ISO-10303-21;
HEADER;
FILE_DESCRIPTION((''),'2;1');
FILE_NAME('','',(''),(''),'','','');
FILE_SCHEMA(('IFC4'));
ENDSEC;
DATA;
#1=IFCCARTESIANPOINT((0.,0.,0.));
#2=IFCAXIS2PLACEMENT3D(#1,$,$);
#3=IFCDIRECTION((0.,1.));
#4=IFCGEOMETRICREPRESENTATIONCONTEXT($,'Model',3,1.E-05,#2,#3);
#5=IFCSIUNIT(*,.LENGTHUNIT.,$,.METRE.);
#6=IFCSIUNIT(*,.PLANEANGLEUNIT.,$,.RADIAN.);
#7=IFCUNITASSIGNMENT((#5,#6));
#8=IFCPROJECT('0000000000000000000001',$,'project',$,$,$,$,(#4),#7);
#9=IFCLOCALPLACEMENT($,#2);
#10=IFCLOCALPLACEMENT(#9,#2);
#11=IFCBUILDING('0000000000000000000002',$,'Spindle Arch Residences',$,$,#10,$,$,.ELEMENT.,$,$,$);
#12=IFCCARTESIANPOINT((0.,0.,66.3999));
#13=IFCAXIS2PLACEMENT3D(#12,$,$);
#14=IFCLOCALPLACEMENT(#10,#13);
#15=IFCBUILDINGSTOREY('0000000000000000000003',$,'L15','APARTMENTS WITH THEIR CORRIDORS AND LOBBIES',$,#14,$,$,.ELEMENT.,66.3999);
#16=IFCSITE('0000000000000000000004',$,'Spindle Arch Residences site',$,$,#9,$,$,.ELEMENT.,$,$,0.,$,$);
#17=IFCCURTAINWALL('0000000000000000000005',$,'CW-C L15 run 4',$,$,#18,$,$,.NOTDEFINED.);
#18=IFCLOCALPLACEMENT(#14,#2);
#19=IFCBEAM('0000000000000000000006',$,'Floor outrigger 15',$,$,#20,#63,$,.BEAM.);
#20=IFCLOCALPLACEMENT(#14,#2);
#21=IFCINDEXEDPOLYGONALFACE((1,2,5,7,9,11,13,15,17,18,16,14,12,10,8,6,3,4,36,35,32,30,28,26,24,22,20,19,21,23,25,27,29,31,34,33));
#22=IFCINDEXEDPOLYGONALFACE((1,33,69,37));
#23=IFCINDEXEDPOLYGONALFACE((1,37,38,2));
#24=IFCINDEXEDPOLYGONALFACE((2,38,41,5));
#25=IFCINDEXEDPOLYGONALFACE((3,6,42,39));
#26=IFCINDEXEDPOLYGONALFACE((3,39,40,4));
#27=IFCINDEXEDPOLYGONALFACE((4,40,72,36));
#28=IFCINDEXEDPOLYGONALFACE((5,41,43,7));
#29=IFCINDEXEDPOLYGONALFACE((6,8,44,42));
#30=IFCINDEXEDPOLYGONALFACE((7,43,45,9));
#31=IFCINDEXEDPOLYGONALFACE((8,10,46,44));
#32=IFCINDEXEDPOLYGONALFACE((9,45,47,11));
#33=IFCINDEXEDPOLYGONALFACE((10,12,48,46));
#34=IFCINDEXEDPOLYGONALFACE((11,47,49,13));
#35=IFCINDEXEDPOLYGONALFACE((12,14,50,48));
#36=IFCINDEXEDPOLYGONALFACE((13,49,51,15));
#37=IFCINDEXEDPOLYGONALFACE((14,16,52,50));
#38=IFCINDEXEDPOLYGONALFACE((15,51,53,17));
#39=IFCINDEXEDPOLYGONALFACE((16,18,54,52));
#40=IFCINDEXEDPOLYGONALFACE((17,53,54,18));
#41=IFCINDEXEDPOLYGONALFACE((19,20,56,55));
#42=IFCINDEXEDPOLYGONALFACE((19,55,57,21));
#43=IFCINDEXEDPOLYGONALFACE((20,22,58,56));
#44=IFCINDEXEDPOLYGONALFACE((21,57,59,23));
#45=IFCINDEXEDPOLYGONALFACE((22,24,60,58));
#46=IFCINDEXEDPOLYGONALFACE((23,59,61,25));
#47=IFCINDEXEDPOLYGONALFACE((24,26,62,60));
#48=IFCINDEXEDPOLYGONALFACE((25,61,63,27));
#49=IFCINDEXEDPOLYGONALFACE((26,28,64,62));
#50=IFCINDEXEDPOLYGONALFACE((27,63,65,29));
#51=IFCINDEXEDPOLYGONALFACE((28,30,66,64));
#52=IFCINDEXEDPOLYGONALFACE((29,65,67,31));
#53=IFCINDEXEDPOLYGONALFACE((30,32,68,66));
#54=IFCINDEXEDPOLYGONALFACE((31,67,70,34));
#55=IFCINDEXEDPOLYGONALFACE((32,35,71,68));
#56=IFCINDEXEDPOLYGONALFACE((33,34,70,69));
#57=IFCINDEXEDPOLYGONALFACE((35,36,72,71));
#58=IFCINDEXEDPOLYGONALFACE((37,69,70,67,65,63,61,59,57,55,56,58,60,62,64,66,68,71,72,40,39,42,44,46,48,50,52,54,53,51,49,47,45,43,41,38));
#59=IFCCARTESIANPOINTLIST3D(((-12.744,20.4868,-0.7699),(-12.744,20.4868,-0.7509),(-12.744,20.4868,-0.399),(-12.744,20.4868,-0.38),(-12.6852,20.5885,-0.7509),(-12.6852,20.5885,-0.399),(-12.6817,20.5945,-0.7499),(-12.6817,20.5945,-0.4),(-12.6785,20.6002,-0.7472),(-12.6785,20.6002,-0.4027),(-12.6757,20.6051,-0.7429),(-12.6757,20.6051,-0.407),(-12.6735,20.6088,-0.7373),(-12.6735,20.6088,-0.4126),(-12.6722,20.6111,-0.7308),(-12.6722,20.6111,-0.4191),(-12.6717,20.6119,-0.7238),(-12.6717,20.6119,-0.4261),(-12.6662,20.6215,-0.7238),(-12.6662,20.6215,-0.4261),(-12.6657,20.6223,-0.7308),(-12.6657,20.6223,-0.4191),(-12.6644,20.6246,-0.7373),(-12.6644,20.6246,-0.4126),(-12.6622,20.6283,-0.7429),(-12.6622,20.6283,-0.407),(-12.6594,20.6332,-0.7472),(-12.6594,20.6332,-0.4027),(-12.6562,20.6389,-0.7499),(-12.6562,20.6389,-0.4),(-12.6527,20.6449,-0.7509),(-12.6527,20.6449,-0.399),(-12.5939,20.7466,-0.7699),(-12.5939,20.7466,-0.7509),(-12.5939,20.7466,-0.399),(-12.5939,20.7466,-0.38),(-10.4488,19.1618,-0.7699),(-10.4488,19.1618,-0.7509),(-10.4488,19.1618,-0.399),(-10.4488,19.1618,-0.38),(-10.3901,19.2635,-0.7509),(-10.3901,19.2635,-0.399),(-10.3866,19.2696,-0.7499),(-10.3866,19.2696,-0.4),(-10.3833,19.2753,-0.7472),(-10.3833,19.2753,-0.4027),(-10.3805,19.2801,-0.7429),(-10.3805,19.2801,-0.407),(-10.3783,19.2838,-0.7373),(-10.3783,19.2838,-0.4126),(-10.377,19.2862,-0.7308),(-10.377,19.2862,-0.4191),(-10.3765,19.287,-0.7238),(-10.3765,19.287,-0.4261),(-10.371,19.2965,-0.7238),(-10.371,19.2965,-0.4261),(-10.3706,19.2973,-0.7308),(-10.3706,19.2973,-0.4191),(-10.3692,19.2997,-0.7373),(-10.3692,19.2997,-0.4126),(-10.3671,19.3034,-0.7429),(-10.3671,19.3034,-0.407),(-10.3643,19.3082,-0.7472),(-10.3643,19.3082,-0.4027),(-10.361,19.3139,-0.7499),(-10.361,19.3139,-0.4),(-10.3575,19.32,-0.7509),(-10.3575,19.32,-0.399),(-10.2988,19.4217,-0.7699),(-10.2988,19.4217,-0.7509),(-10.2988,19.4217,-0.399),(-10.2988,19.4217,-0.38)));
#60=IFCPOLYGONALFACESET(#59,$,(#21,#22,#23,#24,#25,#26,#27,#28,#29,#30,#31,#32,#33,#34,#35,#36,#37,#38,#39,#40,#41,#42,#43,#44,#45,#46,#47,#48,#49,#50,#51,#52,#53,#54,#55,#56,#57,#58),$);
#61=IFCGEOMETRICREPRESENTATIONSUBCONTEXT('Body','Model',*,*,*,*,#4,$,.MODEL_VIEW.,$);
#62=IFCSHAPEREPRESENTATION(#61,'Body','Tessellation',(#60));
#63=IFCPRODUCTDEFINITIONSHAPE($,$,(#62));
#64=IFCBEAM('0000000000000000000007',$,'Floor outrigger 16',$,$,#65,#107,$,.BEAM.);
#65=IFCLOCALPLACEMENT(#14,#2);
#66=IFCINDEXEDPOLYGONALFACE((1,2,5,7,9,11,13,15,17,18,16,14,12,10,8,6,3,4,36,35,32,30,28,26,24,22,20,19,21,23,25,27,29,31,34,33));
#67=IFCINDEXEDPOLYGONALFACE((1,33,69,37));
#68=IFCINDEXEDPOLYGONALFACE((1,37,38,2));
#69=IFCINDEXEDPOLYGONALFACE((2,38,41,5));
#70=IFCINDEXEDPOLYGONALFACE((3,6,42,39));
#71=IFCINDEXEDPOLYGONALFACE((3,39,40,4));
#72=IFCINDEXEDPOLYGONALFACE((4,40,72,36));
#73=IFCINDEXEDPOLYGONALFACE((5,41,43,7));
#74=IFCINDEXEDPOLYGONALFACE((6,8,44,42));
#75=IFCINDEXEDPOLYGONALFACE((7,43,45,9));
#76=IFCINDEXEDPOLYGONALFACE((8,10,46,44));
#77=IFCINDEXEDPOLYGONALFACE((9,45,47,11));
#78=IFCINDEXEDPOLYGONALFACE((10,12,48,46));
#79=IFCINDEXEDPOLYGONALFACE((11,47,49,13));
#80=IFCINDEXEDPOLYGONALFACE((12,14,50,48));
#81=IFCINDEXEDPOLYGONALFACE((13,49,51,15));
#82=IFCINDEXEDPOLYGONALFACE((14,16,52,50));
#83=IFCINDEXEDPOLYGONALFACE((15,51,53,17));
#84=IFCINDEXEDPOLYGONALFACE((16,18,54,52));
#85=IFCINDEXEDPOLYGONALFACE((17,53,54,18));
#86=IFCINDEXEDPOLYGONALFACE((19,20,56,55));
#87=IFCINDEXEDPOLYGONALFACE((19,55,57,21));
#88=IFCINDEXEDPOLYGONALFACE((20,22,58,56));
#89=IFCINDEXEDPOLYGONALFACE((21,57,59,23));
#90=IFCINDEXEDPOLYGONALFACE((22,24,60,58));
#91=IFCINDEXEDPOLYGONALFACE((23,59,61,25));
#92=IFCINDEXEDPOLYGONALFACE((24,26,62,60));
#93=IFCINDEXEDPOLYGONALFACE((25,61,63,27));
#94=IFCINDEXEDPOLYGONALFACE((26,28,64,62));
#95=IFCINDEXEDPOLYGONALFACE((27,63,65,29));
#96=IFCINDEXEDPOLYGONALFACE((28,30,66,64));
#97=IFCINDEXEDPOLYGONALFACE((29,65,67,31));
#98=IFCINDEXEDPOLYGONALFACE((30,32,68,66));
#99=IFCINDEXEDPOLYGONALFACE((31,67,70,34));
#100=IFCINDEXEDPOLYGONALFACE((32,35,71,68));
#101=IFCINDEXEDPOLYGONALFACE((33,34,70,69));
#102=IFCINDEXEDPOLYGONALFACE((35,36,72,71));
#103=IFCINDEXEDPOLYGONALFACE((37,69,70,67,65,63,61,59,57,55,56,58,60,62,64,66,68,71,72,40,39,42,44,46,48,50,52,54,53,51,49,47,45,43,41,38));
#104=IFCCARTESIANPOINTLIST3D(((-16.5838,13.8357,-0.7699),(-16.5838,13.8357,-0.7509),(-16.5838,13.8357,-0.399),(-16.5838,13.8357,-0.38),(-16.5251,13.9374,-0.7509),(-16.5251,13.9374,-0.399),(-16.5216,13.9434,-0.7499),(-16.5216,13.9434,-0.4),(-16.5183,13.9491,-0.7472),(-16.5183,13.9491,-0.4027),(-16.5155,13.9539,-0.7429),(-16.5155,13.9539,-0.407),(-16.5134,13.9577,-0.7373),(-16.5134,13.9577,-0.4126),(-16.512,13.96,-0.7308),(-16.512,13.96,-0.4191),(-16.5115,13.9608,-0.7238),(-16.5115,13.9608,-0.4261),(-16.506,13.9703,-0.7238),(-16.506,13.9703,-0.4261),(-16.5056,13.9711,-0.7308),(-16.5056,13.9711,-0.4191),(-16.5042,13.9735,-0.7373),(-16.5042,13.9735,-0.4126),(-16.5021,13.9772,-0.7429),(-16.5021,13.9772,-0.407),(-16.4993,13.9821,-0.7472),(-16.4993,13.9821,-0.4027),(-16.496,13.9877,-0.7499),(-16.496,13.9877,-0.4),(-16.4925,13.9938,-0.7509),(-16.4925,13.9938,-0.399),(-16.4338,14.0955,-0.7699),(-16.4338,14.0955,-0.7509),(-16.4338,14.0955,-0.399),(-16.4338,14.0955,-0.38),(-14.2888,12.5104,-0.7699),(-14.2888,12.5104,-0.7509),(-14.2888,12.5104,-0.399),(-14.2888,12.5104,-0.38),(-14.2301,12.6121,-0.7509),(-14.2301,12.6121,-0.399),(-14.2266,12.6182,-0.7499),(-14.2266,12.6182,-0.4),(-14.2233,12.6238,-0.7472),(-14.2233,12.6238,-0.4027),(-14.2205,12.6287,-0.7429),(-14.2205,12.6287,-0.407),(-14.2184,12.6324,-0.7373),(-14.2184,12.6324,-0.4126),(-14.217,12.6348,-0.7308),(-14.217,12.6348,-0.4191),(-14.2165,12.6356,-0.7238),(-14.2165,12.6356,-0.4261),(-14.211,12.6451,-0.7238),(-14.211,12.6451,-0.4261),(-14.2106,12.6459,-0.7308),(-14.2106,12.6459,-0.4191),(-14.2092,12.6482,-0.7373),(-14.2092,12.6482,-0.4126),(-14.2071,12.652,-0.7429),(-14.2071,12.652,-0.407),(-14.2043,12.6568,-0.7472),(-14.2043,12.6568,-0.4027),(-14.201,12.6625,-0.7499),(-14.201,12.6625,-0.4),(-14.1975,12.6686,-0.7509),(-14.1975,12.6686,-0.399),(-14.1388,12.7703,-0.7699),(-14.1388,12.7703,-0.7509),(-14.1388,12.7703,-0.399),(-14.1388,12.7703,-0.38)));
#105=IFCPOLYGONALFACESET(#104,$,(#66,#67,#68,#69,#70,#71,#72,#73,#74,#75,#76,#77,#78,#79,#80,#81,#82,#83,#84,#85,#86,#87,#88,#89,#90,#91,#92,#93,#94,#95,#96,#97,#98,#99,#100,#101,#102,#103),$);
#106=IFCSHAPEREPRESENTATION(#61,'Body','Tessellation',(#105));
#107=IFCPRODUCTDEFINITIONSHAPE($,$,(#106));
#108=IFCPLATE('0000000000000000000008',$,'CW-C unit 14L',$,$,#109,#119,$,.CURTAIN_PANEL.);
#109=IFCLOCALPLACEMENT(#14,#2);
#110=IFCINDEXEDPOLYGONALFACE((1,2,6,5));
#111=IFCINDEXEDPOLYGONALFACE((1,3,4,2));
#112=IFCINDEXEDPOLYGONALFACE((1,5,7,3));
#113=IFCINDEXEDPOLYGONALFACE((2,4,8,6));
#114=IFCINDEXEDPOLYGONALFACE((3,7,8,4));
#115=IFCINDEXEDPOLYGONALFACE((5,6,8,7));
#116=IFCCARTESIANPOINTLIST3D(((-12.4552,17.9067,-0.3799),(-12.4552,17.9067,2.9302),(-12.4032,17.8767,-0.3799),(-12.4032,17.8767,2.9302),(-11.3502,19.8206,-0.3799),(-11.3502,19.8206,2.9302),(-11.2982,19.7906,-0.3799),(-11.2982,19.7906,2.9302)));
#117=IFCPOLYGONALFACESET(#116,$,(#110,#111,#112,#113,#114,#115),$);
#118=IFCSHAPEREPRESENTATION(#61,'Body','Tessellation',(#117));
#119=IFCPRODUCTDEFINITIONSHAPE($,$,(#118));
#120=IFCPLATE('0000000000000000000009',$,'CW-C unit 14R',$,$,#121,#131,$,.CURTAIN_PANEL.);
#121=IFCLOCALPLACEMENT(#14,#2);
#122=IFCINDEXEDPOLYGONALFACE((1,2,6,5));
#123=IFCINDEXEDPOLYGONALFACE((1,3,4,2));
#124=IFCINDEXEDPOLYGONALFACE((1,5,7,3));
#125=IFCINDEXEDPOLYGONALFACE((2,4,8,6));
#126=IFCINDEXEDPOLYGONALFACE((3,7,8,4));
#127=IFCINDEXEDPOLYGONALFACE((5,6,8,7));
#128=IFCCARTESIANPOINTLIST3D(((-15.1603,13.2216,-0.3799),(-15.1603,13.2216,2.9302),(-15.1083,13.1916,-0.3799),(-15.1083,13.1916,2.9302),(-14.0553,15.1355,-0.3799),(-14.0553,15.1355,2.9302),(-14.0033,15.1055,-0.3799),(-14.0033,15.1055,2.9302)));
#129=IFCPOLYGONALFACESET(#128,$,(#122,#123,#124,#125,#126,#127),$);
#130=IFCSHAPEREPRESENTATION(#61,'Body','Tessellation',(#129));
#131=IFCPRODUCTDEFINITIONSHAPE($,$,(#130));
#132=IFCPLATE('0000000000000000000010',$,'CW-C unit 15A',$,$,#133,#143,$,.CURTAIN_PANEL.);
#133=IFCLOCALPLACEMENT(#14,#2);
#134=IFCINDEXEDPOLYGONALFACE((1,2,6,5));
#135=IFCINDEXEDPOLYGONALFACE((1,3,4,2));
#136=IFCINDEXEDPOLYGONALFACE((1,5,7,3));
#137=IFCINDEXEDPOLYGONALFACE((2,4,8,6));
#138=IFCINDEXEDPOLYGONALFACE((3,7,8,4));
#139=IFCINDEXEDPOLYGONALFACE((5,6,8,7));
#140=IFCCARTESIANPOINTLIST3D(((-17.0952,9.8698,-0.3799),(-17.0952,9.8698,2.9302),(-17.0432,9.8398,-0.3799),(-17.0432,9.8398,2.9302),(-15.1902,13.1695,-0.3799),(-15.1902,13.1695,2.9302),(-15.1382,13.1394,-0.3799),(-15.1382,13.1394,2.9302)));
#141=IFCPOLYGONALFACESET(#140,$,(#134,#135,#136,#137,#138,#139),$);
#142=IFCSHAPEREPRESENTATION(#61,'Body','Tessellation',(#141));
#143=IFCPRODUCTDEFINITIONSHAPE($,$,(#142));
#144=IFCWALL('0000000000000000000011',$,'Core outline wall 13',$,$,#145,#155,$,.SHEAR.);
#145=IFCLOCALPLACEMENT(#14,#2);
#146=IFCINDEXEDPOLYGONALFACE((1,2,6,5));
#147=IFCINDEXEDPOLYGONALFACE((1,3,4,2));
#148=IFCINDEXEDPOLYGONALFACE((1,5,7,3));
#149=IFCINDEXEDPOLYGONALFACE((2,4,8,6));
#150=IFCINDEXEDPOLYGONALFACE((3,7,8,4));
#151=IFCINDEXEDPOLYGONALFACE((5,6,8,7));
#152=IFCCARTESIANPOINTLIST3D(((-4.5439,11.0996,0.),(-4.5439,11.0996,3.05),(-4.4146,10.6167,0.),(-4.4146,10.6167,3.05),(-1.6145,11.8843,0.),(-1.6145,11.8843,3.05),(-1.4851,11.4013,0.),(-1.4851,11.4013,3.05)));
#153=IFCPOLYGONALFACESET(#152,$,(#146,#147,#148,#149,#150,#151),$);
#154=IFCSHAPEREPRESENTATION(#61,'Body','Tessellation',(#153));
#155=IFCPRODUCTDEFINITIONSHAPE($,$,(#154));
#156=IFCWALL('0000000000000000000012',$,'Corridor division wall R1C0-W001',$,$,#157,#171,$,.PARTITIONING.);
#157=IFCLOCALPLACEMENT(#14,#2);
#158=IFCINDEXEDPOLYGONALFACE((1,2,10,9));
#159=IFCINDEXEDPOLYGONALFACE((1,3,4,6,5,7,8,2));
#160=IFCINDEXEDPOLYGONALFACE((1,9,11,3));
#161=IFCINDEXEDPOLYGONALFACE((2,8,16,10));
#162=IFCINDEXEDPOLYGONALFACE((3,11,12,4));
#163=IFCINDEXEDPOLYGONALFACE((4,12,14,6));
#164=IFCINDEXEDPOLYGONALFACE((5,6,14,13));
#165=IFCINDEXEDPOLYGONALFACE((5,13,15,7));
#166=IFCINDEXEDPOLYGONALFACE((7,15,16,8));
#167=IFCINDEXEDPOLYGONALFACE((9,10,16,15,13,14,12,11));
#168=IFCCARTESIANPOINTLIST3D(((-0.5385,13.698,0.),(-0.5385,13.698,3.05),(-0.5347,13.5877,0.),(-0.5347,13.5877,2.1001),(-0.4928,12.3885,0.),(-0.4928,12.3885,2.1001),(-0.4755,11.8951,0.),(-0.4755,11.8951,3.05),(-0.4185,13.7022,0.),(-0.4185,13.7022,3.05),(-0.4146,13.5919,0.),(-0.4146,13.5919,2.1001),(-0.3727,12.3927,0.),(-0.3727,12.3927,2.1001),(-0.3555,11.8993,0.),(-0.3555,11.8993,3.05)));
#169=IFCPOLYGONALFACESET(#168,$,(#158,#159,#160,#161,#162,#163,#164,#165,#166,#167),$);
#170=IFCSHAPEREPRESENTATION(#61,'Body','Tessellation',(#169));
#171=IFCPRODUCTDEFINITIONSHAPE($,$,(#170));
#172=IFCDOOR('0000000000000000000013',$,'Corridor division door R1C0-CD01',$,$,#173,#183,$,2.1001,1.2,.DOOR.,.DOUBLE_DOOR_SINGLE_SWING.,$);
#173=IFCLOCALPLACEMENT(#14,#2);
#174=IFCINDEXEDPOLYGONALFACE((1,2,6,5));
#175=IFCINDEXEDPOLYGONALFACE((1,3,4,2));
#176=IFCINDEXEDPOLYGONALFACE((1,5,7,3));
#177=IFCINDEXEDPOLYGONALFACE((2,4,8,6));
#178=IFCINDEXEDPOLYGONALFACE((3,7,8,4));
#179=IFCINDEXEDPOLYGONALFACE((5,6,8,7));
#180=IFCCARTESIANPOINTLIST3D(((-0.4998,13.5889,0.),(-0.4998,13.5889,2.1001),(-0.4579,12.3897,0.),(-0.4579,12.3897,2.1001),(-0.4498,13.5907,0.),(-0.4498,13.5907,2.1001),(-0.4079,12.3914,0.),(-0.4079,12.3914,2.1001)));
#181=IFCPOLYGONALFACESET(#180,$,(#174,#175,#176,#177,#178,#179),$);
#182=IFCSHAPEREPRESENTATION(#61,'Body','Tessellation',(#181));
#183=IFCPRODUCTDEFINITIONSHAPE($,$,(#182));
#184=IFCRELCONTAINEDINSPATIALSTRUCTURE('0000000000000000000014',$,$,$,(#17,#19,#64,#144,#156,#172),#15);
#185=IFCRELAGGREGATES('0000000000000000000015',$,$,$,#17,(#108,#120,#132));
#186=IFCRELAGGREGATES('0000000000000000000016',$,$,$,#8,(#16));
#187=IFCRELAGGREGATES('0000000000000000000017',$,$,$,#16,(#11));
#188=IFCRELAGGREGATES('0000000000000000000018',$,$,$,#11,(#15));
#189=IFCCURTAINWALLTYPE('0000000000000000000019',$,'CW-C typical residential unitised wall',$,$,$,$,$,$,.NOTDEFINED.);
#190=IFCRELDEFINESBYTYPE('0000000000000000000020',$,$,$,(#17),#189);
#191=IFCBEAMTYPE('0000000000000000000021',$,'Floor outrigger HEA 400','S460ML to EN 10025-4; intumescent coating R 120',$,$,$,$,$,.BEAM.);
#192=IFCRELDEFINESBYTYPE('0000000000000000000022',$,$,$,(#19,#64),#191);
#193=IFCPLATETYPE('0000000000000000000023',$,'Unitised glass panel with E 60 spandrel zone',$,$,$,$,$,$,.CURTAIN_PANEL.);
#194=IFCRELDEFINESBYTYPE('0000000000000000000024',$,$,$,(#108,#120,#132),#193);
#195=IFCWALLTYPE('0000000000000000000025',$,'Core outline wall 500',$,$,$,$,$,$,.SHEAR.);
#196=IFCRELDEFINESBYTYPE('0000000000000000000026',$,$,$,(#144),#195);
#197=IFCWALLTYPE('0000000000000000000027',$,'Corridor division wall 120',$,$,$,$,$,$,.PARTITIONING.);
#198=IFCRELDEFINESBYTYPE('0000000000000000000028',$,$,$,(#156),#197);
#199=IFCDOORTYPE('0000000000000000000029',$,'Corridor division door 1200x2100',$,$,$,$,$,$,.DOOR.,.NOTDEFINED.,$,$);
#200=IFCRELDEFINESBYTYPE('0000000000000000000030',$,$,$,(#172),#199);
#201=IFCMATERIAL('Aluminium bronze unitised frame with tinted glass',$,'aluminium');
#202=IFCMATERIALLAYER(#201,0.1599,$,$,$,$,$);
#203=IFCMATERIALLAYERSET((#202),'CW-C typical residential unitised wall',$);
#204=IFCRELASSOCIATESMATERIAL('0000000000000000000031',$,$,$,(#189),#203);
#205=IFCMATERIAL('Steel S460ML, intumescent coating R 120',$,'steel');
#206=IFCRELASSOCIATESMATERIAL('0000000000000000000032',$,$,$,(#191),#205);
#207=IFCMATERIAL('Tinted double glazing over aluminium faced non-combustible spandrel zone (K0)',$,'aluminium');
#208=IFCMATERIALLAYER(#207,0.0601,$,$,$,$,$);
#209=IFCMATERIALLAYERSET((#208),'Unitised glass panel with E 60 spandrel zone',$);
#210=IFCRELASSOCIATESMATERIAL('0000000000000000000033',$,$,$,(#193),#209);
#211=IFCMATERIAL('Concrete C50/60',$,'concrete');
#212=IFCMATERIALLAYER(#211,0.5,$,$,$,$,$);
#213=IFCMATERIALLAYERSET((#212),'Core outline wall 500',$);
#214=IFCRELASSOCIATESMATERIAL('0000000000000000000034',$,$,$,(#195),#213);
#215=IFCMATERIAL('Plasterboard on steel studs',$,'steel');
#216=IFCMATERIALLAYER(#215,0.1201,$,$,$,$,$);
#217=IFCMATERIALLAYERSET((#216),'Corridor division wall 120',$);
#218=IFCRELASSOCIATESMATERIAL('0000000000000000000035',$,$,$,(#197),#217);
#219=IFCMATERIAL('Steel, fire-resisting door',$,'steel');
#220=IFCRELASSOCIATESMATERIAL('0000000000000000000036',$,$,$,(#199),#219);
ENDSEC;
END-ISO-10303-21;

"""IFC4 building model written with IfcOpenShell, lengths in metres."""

from ifc_helpers import new_model, si_unit, direction, frame, frame_2d, origin, origin_2d, place, context, subcontext, project, spatial, rectangle, i_section, extrude, material, layer, layer_set, material_profile, profile_set, type_object, element, fill, aggregate, save


model = new_model("IFC4")

# Units and contexts
model_context = context("Model", 3, precision=1e-05, world=origin(), true_north=direction((0.0, 1.0)))
body_context = subcontext(model_context, "Body", "Model", "MODEL_VIEW")
ifc_project = project(units=[si_unit("LENGTHUNIT", "METRE"), si_unit("PLANEANGLEUNIT", "RADIAN")], contexts=[model_context])

# Site, building, storey
site_placement = place(None, origin())
site = spatial("IfcSite", under=ifc_project, at=site_placement, Name="Spindle Arch Residences site", CompositionType="ELEMENT", RefElevation=0.0)
building_placement = place(site_placement, origin())
building = spatial("IfcBuilding", under=site, at=building_placement, Name="Spindle Arch Residences", CompositionType="ELEMENT")
storey_placement = place(building_placement, frame((0.0, 0.0, 66.3999)))
storey = spatial("IfcBuildingStorey", under=building, at=storey_placement, Name="L15", Description="APARTMENTS WITH THEIR CORRIDORS AND LOBBIES", CompositionType="ELEMENT", Elevation=66.3999)

# Curtain wall
ifc_material_1 = material(Name="Aluminium bronze unitised frame with tinted glass", Category="aluminium")
ifc_layer_1 = layer(ifc_material_1, 0.1599)
ifc_layer_set_1 = layer_set([ifc_layer_1], Name="CW-C typical residential unitised wall")
curtain_wall_type = type_object("IfcCurtainWallType", Name="CW-C typical residential unitised wall", PredefinedType="NOTDEFINED", material=ifc_layer_set_1)
curtain_wall_placement = place(storey_placement, origin())
curtain_wall = element("IfcCurtainWall", 1, at=curtain_wall_placement, inside=storey, type_object=curtain_wall_type, Name="CW-C L15 run 4", PredefinedType="NOTDEFINED")

# Beams
ifc_material_2 = material(Name="Steel S460ML, intumescent coating R 120", Category="steel")
ifc_material_profile_1 = material_profile(ifc_material_2, i_section(OverallWidth=0.3, OverallDepth=0.3899, WebThickness=0.011, FlangeThickness=0.019, FilletRadius=0.0271, at=origin_2d()), Name="HEA 400")
ifc_profile_set_1 = profile_set([ifc_material_profile_1], Name="Steel S460ML, intumescent coating R 120")
beam_type_1 = type_object("IfcBeamType", Name="Floor outrigger HEA 400", Description="S460ML to EN 10025-4; intumescent coating R 120", PredefinedType="BEAM", material=ifc_profile_set_1)
for number, where, z_axis, x_axis, name in (
    (2, (-12.6689, 20.6167, -0.575), (0.866052, -0.499954, 0.0), (0.499954, 0.866052, 0.0), "Floor outrigger 15"),
    (3, (-16.5088, 13.9656, -0.575), (0.865989, -0.500063, 0.0), (0.500063, 0.865989, 0.0), "Floor outrigger 16"),
):
    element("IfcBeam", number, at=place(storey_placement, frame(where, z_axis=z_axis, x_axis=x_axis)), inside=storey, type_object=beam_type_1, Name=name, PredefinedType="BEAM", context=body_context, shape_type="SweptSolid", body=[
        extrude(i_section(OverallWidth=0.3, OverallDepth=0.3899, WebThickness=0.011, FlangeThickness=0.019, FilletRadius=0.0271, at=origin_2d()), origin(), (0.0, 0.0, 1.0), 2.6501),
    ])

# Plates
ifc_material_3 = material(Name="Tinted double glazing over aluminium faced non-combustible spandrel zone (K0)", Category="aluminium")
ifc_layer_2 = layer(ifc_material_3, 0.0601)
ifc_layer_set_2 = layer_set([ifc_layer_2], Name="Unitised glass panel with E 60 spandrel zone")
plate_type = type_object("IfcPlateType", Name="Unitised glass panel with E 60 spandrel zone", PredefinedType="CURTAIN_PANEL", material=ifc_layer_set_2)
plate_1_placement = place(storey_placement, frame((-11.8767, 18.8486, -0.3799), z_axis=(0.0, 0.0, 1.0), x_axis=(-0.5, -0.866025, 0.0)))
plate_1 = element("IfcPlate", 4, at=plate_1_placement, type_object=plate_type, Name="CW-C unit 14L", PredefinedType="CURTAIN_PANEL", context=body_context, shape_type="SweptSolid", body=[
    extrude(rectangle(XDim=2.21, YDim=0.0601, at=origin_2d()), origin(), (0.0, 0.0, 1.0), 3.3101),
])
plate_2_placement = place(storey_placement, frame((-14.5818, 14.1636, -0.3799), z_axis=(0.0, 0.0, 1.0), x_axis=(-0.5, -0.866025, 0.0)))
plate_2 = element("IfcPlate", 5, at=plate_2_placement, type_object=plate_type, Name="CW-C unit 14R", PredefinedType="CURTAIN_PANEL", context=body_context, shape_type="SweptSolid", body=[
    extrude(rectangle(XDim=2.21, YDim=0.0601, at=origin_2d()), origin(), (0.0, 0.0, 1.0), 3.3101),
])
plate_3_placement = place(storey_placement, frame((-16.1167, 11.5046, -0.3799), z_axis=(0.0, 0.0, 1.0), x_axis=(-0.5, -0.866025, 0.0)))
plate_3 = element("IfcPlate", 6, at=plate_3_placement, type_object=plate_type, Name="CW-C unit 15A", PredefinedType="CURTAIN_PANEL", context=body_context, shape_type="SweptSolid", body=[
    extrude(rectangle(XDim=3.8101, YDim=0.0601, at=origin_2d()), origin(), (0.0, 0.0, 1.0), 3.3101),
])
aggregate(curtain_wall, [plate_1, plate_2, plate_3])

# Wall
ifc_material_4 = material(Name="Concrete C50/60", Category="concrete")
ifc_layer_3 = layer(ifc_material_4, 0.5)
ifc_layer_set_3 = layer_set([ifc_layer_3], Name="Core outline wall 500")
wall_type_1 = type_object("IfcWallType", Name="Core outline wall 500", PredefinedType="SHEAR", material=ifc_layer_set_3)
wall_1_placement = place(storey_placement, frame((-1.5498, 11.6428, 0.0), z_axis=(0.0, 0.0, 1.0), x_axis=(-0.965948, -0.258735, 0.0)))
element("IfcWall", 7, at=wall_1_placement, inside=storey, type_object=wall_type_1, Name="Core outline wall 13", PredefinedType="SHEAR", context=body_context, shape_type="SweptSolid", body=[
    extrude(rectangle(XDim=3.0327, YDim=0.5, at=frame_2d((1.5164, 0.0))), origin(), (0.0, 0.0, 1.0), 3.05),
])

# Wall, opening, door
ifc_material_5 = material(Name="Plasterboard on steel studs", Category="steel")
ifc_layer_4 = layer(ifc_material_5, 0.1201)
ifc_layer_set_4 = layer_set([ifc_layer_4], Name="Corridor division wall 120")
wall_type_2 = type_object("IfcWallType", Name="Corridor division wall 120", PredefinedType="PARTITIONING", material=ifc_layer_set_4)
wall_2_placement = place(storey_placement, frame((-0.4785, 13.7, 0.0), z_axis=(0.0, 0.0, 1.0), x_axis=(0.034919, -0.99939, 0.0)))
wall_2 = element("IfcWall", 8, at=wall_2_placement, inside=storey, type_object=wall_type_2, Name="Corridor division wall R1C0-W001", PredefinedType="PARTITIONING", context=body_context, shape_type="SweptSolid", body=[
    extrude(rectangle(XDim=1.804, YDim=0.1201, at=frame_2d((0.9019, 0.0))), origin(), (0.0, 0.0, 1.0), 3.05),
])
opening_1_placement = place(wall_2_placement, frame((0.1101, 0.0, 0.0)))
opening_1 = element("IfcOpeningElement", 9, at=opening_1_placement, cuts=wall_2, PredefinedType="OPENING", context=body_context, shape_type="SweptSolid", body=[
    extrude(rectangle(XDim=1.2, YDim=2.1001, at=frame_2d((0.6001, 1.05))), frame((0.0, 0.0701, 0.0), z_axis=(0.0, -1.0, 0.0), x_axis=(1.0, 0.0, 0.0)), (0.0, 0.0, 1.0), 0.1401),
])
ifc_material_6 = material(Name="Steel, fire-resisting door", Category="steel")
door_type_1 = type_object("IfcDoorType", Name="Corridor division door 1200x2100", OperationType="NOTDEFINED", PredefinedType="DOOR", material=ifc_material_6)
door_1_placement = place(opening_1_placement, origin())
door_1 = element("IfcDoor", 10, at=door_1_placement, inside=storey, type_object=door_type_1, Name="Corridor division door R1C0-CD01", OperationType="DOUBLE_DOOR_SINGLE_SWING", OverallHeight=2.1001, OverallWidth=1.2, PredefinedType="DOOR", context=body_context, shape_type="SweptSolid", body=[
    extrude(rectangle(XDim=1.2, YDim=2.1001, at=frame_2d((0.6001, 1.05))), frame((0.0, 0.0249, 0.0), z_axis=(0.0, -1.0, 0.0), x_axis=(1.0, 0.0, 0.0)), (0.0, 0.0, 1.0), 0.05),
])
fill(opening_1, door_1)

save(model, "model.ifc")
